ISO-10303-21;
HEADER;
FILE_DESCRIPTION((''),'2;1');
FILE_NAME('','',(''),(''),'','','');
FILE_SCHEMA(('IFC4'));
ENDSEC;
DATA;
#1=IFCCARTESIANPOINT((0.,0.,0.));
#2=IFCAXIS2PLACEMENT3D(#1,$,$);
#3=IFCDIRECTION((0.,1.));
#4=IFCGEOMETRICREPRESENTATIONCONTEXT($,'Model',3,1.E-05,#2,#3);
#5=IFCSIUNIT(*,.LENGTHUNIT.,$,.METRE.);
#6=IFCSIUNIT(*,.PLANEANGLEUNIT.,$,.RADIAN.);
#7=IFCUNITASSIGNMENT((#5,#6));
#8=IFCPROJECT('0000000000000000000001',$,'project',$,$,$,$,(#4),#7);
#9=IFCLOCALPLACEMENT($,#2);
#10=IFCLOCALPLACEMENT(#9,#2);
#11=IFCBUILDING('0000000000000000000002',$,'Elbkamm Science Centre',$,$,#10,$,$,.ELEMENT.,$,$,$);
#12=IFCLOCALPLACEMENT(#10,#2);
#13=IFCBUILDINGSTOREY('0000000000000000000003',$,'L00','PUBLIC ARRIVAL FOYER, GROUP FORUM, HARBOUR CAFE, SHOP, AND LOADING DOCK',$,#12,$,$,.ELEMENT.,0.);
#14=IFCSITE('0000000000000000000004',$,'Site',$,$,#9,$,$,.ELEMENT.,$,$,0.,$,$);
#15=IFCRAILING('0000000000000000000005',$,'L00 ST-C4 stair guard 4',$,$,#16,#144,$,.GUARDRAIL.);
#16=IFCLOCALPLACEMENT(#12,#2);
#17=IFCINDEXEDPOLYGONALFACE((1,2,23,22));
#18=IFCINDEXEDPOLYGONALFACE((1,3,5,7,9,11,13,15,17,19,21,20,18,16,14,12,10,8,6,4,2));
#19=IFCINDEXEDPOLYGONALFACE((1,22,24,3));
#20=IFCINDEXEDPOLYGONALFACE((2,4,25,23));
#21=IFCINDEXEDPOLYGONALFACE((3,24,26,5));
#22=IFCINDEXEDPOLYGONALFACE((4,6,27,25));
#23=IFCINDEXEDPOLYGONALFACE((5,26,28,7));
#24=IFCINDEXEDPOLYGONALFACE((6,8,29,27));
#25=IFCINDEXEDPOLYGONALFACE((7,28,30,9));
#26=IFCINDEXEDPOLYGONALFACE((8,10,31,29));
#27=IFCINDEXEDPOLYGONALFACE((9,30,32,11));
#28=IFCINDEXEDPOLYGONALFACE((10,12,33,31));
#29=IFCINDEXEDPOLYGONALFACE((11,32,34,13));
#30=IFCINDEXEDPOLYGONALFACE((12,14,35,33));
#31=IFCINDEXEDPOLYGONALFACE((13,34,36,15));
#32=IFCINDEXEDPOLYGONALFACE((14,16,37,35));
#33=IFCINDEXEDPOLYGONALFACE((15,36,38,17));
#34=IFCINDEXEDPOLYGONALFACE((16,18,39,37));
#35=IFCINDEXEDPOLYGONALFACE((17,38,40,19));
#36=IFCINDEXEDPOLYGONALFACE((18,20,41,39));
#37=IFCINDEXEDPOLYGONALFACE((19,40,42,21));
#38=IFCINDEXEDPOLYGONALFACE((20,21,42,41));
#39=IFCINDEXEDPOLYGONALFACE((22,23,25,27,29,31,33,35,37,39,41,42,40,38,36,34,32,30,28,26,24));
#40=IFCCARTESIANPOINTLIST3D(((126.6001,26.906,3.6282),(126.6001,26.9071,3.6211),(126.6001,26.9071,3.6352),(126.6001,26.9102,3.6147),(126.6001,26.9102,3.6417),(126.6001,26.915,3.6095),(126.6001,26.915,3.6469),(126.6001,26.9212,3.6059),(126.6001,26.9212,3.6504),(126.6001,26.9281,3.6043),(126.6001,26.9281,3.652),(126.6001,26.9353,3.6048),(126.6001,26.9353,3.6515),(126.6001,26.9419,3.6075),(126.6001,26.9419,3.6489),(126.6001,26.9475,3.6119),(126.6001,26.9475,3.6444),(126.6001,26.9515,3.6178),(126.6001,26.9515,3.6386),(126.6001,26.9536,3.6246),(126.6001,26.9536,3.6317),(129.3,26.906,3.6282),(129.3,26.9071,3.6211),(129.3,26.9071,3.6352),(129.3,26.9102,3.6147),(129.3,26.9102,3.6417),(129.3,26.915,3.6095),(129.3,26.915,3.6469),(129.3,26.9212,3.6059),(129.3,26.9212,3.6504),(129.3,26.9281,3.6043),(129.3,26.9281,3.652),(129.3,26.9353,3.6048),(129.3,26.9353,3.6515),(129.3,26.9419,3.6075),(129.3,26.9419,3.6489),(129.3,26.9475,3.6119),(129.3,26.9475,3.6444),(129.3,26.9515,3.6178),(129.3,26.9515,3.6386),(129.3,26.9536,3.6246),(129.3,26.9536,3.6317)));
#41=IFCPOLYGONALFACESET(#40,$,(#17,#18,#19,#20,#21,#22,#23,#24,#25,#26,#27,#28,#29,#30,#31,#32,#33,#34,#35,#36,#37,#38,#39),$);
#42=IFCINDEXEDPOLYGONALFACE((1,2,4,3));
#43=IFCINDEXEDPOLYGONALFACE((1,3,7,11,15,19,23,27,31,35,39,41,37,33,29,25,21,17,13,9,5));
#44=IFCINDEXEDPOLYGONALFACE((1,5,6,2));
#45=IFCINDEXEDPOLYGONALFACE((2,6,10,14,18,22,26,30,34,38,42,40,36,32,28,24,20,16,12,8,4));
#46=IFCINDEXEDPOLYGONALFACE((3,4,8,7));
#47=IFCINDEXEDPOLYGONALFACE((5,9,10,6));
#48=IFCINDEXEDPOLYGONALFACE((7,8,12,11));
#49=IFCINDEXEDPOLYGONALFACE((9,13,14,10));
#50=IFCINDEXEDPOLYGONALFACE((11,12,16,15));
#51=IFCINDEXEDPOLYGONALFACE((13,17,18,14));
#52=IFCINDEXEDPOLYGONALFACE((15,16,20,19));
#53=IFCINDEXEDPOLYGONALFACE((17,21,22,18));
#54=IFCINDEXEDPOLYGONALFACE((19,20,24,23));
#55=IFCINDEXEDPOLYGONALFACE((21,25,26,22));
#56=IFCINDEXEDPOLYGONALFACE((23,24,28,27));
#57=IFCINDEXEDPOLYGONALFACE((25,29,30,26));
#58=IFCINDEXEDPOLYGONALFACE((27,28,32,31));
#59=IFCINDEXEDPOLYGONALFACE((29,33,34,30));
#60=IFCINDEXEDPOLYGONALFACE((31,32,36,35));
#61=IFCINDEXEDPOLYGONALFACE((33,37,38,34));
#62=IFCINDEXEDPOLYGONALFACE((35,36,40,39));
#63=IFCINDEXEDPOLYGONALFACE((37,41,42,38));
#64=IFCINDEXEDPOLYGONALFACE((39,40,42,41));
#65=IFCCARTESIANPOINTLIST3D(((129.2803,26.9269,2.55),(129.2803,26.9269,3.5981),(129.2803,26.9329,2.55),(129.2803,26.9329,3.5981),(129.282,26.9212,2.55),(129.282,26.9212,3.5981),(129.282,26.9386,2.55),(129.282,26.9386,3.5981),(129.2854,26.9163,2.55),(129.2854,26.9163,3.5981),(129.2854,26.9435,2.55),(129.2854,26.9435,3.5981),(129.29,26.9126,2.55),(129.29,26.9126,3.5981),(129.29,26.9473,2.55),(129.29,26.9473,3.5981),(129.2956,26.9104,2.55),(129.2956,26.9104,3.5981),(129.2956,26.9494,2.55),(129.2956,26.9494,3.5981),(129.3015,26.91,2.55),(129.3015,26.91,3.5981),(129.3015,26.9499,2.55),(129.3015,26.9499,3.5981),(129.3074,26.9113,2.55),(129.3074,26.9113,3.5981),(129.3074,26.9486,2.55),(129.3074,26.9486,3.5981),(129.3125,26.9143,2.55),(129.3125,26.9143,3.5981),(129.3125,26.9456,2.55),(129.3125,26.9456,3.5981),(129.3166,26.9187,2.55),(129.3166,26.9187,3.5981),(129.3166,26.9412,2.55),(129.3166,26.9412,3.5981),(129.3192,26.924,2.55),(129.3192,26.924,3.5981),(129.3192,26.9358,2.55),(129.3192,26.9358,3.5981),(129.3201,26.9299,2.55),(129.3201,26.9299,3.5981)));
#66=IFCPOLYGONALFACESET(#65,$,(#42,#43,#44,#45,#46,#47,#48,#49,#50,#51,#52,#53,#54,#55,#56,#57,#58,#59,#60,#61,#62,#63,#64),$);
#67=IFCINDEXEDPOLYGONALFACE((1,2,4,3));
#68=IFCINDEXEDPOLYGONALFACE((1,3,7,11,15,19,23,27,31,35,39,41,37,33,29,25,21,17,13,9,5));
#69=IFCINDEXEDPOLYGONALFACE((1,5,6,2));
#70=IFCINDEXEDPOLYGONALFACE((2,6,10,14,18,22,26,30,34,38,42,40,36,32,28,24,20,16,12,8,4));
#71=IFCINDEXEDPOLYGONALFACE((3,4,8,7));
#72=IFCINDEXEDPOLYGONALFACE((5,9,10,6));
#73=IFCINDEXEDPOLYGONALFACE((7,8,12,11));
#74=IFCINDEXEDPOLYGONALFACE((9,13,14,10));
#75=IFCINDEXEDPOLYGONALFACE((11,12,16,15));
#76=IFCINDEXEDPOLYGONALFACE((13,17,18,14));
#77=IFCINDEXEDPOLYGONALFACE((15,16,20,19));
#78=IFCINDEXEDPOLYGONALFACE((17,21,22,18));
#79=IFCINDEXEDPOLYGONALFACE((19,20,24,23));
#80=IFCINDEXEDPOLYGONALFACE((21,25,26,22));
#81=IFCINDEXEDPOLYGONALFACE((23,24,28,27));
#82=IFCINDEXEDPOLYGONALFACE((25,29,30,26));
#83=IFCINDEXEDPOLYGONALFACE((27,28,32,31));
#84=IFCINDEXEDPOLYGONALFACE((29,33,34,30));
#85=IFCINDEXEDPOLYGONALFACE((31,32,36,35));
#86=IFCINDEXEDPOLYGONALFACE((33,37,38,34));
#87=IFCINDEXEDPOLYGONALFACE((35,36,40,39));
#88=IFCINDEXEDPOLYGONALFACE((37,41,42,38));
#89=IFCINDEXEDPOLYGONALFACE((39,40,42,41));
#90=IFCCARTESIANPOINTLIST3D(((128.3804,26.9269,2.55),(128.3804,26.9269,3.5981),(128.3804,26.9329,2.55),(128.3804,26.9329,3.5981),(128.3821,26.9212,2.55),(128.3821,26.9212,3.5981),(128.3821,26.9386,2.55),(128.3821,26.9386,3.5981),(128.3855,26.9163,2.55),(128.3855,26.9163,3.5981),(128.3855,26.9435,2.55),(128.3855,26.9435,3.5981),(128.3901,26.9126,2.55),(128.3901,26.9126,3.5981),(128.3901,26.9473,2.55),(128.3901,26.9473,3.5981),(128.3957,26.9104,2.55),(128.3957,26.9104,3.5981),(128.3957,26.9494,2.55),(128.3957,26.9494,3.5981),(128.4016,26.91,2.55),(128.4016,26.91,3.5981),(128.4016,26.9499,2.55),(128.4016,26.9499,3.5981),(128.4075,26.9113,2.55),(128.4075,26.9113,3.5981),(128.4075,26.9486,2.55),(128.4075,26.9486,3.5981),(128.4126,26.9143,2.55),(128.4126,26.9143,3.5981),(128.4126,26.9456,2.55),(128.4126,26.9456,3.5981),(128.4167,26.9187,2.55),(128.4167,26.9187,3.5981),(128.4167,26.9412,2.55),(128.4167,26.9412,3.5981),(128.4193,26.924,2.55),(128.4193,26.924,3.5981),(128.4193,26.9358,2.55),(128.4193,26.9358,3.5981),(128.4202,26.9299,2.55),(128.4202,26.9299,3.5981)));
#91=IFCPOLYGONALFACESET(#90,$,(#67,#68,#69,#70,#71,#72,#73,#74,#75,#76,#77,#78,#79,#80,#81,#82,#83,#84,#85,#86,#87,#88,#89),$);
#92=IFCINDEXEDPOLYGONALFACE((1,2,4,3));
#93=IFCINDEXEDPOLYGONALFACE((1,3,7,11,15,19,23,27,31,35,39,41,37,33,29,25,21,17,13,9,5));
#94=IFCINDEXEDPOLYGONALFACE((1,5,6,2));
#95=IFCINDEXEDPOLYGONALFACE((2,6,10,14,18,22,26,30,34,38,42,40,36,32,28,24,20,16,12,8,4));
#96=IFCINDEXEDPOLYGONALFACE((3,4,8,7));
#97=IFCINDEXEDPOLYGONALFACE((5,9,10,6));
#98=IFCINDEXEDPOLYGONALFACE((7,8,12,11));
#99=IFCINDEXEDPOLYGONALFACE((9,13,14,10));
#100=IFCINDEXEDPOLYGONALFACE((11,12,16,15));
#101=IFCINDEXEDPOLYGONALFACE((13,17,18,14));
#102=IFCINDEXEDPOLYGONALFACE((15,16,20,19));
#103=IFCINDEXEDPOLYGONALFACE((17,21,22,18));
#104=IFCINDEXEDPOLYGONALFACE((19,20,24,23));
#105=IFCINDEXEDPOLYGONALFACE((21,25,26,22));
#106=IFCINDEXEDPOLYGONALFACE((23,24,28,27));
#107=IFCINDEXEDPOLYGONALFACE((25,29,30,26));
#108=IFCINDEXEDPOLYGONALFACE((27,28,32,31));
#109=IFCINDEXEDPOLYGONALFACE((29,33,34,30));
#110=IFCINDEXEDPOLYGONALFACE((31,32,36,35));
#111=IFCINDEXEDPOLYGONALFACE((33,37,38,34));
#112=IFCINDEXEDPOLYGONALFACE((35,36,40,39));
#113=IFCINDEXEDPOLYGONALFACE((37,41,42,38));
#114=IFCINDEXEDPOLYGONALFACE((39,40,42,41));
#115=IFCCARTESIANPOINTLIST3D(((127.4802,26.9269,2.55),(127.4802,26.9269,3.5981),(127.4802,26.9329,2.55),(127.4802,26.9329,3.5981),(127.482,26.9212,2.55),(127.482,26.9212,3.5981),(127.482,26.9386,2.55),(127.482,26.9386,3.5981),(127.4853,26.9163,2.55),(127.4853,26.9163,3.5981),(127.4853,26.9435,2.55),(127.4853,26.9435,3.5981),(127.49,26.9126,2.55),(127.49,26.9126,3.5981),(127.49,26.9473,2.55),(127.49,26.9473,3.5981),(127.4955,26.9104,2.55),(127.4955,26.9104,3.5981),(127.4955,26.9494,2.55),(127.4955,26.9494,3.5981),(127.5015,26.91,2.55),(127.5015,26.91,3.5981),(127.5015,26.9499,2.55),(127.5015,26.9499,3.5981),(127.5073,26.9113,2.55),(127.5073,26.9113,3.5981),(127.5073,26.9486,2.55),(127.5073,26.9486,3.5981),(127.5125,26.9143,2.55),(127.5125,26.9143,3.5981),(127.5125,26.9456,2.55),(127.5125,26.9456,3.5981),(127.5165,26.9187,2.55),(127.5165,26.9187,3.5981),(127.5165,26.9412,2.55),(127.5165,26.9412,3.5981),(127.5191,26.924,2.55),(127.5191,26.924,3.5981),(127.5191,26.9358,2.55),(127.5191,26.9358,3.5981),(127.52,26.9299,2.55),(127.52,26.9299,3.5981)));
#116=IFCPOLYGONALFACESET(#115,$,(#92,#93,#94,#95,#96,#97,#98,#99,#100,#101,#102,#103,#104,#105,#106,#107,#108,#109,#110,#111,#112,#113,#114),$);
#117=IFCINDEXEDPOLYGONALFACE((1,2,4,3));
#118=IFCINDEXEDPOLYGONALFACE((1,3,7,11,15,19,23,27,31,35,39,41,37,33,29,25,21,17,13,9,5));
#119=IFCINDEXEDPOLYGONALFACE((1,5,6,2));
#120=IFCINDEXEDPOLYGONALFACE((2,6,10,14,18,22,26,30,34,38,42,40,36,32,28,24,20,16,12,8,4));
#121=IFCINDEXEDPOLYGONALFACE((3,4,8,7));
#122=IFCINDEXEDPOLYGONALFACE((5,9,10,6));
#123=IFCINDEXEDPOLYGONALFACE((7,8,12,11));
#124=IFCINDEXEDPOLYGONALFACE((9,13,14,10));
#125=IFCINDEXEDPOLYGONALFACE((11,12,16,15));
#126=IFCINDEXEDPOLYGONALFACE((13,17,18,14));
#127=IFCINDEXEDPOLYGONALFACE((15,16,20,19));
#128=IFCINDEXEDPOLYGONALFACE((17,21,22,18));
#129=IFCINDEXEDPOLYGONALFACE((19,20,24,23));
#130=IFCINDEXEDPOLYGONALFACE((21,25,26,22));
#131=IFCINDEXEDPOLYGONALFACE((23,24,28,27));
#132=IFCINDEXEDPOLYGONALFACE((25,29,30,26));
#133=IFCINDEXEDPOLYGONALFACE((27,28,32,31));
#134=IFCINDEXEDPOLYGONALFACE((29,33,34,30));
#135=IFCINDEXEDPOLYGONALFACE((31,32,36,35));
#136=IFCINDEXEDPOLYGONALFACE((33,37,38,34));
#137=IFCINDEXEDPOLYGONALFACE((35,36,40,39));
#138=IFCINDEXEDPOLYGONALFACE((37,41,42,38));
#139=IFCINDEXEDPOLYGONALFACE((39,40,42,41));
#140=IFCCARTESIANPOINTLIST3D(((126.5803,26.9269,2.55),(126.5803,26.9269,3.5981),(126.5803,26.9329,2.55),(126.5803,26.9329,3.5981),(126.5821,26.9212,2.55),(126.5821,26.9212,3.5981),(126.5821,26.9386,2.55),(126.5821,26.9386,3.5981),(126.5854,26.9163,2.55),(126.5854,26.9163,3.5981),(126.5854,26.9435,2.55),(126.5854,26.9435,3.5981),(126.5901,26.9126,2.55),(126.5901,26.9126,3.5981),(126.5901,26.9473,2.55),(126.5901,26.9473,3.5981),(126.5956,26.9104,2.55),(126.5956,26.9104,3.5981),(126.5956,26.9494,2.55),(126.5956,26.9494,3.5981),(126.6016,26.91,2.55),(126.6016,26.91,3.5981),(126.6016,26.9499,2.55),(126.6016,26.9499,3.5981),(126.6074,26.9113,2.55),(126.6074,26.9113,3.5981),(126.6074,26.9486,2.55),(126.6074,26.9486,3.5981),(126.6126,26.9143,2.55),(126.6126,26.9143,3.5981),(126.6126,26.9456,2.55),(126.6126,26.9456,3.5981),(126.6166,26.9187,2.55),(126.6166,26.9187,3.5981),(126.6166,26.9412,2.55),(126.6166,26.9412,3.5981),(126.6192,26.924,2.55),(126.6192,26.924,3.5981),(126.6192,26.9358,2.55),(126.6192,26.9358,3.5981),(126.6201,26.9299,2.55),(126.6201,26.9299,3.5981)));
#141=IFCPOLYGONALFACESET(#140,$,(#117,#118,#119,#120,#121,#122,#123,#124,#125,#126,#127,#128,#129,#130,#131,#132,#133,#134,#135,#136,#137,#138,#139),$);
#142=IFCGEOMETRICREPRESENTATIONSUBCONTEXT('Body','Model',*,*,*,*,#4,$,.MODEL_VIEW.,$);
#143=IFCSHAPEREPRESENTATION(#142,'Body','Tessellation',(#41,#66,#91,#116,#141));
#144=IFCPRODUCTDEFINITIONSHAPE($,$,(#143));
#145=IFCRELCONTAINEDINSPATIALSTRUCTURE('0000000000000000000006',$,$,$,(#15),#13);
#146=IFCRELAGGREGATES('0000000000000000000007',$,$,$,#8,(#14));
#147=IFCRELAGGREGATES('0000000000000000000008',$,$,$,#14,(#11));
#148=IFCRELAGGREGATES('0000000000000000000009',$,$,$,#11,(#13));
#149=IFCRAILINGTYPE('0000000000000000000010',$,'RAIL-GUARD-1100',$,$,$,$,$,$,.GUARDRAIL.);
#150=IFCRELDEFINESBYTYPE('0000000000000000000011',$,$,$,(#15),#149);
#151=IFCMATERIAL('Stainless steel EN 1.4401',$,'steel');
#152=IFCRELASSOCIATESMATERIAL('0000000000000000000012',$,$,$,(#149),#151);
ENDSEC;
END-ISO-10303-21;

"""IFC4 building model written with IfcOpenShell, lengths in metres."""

from ifc_helpers import new_model, si_unit, direction, frame, origin, origin_2d, place, context, subcontext, project, spatial, circle, extrude, material, type_object, element, save


model = new_model("IFC4")

# Units and contexts
model_context = context("Model", 3, precision=1e-05, world=origin(), true_north=direction((0.0, 1.0)))
body_context = subcontext(model_context, "Body", "Model", "MODEL_VIEW")
ifc_project = project(units=[si_unit("LENGTHUNIT", "METRE"), si_unit("PLANEANGLEUNIT", "RADIAN")], contexts=[model_context])

# Site, building, storey
site_placement = place(None, origin())
site = spatial("IfcSite", under=ifc_project, at=site_placement, Name="Site", CompositionType="ELEMENT", RefElevation=0.0)
building_placement = place(site_placement, origin())
building = spatial("IfcBuilding", under=site, at=building_placement, Name="Elbkamm Science Centre", CompositionType="ELEMENT")
storey_placement = place(building_placement, origin())
storey = spatial("IfcBuildingStorey", under=building, at=storey_placement, Name="L00", Description="PUBLIC ARRIVAL FOYER, GROUP FORUM, HARBOUR CAFE, SHOP, AND LOADING DOCK", CompositionType="ELEMENT", Elevation=0.0)

# Railing
ifc_material_1 = material(Name="Stainless steel EN 1.4401", Category="steel")
railing_type_1 = type_object("IfcRailingType", Name="RAIL-GUARD-1100", PredefinedType="GUARDRAIL", material=ifc_material_1)
for number, where, name in (
    (1, (129.3, 26.9299, 2.55), "L00 ST-C4 stair guard 4"),
):
    element("IfcRailing", number, at=place(storey_placement, frame(where)), inside=storey, type_object=railing_type_1, Name=name, PredefinedType="GUARDRAIL", context=body_context, shape_type="SweptSolid", body=[
        extrude(circle(Radius=0.0239, at=origin_2d()), frame((0.0, 0.0, 1.0781), z_axis=(-1.0, 0.0, 0.0), x_axis=(0.0, -1.0, 0.0)), (0.0, 0.0, 1.0), 2.7),
        extrude(circle(Radius=0.02, at=origin_2d()), origin(), (0.0, 0.0, 1.0), 1.0481),
        extrude(circle(Radius=0.02, at=origin_2d()), frame((-0.8999, 0.0, 0.0)), (0.0, 0.0, 1.0), 1.0481),
        extrude(circle(Radius=0.02, at=origin_2d()), frame((-1.8, 0.0, 0.0)), (0.0, 0.0, 1.0), 1.0481),
        extrude(circle(Radius=0.02, at=origin_2d()), frame((-2.7, 0.0, 0.0)), (0.0, 0.0, 1.0), 1.0481),
    ])

save(model, "model.ifc")
